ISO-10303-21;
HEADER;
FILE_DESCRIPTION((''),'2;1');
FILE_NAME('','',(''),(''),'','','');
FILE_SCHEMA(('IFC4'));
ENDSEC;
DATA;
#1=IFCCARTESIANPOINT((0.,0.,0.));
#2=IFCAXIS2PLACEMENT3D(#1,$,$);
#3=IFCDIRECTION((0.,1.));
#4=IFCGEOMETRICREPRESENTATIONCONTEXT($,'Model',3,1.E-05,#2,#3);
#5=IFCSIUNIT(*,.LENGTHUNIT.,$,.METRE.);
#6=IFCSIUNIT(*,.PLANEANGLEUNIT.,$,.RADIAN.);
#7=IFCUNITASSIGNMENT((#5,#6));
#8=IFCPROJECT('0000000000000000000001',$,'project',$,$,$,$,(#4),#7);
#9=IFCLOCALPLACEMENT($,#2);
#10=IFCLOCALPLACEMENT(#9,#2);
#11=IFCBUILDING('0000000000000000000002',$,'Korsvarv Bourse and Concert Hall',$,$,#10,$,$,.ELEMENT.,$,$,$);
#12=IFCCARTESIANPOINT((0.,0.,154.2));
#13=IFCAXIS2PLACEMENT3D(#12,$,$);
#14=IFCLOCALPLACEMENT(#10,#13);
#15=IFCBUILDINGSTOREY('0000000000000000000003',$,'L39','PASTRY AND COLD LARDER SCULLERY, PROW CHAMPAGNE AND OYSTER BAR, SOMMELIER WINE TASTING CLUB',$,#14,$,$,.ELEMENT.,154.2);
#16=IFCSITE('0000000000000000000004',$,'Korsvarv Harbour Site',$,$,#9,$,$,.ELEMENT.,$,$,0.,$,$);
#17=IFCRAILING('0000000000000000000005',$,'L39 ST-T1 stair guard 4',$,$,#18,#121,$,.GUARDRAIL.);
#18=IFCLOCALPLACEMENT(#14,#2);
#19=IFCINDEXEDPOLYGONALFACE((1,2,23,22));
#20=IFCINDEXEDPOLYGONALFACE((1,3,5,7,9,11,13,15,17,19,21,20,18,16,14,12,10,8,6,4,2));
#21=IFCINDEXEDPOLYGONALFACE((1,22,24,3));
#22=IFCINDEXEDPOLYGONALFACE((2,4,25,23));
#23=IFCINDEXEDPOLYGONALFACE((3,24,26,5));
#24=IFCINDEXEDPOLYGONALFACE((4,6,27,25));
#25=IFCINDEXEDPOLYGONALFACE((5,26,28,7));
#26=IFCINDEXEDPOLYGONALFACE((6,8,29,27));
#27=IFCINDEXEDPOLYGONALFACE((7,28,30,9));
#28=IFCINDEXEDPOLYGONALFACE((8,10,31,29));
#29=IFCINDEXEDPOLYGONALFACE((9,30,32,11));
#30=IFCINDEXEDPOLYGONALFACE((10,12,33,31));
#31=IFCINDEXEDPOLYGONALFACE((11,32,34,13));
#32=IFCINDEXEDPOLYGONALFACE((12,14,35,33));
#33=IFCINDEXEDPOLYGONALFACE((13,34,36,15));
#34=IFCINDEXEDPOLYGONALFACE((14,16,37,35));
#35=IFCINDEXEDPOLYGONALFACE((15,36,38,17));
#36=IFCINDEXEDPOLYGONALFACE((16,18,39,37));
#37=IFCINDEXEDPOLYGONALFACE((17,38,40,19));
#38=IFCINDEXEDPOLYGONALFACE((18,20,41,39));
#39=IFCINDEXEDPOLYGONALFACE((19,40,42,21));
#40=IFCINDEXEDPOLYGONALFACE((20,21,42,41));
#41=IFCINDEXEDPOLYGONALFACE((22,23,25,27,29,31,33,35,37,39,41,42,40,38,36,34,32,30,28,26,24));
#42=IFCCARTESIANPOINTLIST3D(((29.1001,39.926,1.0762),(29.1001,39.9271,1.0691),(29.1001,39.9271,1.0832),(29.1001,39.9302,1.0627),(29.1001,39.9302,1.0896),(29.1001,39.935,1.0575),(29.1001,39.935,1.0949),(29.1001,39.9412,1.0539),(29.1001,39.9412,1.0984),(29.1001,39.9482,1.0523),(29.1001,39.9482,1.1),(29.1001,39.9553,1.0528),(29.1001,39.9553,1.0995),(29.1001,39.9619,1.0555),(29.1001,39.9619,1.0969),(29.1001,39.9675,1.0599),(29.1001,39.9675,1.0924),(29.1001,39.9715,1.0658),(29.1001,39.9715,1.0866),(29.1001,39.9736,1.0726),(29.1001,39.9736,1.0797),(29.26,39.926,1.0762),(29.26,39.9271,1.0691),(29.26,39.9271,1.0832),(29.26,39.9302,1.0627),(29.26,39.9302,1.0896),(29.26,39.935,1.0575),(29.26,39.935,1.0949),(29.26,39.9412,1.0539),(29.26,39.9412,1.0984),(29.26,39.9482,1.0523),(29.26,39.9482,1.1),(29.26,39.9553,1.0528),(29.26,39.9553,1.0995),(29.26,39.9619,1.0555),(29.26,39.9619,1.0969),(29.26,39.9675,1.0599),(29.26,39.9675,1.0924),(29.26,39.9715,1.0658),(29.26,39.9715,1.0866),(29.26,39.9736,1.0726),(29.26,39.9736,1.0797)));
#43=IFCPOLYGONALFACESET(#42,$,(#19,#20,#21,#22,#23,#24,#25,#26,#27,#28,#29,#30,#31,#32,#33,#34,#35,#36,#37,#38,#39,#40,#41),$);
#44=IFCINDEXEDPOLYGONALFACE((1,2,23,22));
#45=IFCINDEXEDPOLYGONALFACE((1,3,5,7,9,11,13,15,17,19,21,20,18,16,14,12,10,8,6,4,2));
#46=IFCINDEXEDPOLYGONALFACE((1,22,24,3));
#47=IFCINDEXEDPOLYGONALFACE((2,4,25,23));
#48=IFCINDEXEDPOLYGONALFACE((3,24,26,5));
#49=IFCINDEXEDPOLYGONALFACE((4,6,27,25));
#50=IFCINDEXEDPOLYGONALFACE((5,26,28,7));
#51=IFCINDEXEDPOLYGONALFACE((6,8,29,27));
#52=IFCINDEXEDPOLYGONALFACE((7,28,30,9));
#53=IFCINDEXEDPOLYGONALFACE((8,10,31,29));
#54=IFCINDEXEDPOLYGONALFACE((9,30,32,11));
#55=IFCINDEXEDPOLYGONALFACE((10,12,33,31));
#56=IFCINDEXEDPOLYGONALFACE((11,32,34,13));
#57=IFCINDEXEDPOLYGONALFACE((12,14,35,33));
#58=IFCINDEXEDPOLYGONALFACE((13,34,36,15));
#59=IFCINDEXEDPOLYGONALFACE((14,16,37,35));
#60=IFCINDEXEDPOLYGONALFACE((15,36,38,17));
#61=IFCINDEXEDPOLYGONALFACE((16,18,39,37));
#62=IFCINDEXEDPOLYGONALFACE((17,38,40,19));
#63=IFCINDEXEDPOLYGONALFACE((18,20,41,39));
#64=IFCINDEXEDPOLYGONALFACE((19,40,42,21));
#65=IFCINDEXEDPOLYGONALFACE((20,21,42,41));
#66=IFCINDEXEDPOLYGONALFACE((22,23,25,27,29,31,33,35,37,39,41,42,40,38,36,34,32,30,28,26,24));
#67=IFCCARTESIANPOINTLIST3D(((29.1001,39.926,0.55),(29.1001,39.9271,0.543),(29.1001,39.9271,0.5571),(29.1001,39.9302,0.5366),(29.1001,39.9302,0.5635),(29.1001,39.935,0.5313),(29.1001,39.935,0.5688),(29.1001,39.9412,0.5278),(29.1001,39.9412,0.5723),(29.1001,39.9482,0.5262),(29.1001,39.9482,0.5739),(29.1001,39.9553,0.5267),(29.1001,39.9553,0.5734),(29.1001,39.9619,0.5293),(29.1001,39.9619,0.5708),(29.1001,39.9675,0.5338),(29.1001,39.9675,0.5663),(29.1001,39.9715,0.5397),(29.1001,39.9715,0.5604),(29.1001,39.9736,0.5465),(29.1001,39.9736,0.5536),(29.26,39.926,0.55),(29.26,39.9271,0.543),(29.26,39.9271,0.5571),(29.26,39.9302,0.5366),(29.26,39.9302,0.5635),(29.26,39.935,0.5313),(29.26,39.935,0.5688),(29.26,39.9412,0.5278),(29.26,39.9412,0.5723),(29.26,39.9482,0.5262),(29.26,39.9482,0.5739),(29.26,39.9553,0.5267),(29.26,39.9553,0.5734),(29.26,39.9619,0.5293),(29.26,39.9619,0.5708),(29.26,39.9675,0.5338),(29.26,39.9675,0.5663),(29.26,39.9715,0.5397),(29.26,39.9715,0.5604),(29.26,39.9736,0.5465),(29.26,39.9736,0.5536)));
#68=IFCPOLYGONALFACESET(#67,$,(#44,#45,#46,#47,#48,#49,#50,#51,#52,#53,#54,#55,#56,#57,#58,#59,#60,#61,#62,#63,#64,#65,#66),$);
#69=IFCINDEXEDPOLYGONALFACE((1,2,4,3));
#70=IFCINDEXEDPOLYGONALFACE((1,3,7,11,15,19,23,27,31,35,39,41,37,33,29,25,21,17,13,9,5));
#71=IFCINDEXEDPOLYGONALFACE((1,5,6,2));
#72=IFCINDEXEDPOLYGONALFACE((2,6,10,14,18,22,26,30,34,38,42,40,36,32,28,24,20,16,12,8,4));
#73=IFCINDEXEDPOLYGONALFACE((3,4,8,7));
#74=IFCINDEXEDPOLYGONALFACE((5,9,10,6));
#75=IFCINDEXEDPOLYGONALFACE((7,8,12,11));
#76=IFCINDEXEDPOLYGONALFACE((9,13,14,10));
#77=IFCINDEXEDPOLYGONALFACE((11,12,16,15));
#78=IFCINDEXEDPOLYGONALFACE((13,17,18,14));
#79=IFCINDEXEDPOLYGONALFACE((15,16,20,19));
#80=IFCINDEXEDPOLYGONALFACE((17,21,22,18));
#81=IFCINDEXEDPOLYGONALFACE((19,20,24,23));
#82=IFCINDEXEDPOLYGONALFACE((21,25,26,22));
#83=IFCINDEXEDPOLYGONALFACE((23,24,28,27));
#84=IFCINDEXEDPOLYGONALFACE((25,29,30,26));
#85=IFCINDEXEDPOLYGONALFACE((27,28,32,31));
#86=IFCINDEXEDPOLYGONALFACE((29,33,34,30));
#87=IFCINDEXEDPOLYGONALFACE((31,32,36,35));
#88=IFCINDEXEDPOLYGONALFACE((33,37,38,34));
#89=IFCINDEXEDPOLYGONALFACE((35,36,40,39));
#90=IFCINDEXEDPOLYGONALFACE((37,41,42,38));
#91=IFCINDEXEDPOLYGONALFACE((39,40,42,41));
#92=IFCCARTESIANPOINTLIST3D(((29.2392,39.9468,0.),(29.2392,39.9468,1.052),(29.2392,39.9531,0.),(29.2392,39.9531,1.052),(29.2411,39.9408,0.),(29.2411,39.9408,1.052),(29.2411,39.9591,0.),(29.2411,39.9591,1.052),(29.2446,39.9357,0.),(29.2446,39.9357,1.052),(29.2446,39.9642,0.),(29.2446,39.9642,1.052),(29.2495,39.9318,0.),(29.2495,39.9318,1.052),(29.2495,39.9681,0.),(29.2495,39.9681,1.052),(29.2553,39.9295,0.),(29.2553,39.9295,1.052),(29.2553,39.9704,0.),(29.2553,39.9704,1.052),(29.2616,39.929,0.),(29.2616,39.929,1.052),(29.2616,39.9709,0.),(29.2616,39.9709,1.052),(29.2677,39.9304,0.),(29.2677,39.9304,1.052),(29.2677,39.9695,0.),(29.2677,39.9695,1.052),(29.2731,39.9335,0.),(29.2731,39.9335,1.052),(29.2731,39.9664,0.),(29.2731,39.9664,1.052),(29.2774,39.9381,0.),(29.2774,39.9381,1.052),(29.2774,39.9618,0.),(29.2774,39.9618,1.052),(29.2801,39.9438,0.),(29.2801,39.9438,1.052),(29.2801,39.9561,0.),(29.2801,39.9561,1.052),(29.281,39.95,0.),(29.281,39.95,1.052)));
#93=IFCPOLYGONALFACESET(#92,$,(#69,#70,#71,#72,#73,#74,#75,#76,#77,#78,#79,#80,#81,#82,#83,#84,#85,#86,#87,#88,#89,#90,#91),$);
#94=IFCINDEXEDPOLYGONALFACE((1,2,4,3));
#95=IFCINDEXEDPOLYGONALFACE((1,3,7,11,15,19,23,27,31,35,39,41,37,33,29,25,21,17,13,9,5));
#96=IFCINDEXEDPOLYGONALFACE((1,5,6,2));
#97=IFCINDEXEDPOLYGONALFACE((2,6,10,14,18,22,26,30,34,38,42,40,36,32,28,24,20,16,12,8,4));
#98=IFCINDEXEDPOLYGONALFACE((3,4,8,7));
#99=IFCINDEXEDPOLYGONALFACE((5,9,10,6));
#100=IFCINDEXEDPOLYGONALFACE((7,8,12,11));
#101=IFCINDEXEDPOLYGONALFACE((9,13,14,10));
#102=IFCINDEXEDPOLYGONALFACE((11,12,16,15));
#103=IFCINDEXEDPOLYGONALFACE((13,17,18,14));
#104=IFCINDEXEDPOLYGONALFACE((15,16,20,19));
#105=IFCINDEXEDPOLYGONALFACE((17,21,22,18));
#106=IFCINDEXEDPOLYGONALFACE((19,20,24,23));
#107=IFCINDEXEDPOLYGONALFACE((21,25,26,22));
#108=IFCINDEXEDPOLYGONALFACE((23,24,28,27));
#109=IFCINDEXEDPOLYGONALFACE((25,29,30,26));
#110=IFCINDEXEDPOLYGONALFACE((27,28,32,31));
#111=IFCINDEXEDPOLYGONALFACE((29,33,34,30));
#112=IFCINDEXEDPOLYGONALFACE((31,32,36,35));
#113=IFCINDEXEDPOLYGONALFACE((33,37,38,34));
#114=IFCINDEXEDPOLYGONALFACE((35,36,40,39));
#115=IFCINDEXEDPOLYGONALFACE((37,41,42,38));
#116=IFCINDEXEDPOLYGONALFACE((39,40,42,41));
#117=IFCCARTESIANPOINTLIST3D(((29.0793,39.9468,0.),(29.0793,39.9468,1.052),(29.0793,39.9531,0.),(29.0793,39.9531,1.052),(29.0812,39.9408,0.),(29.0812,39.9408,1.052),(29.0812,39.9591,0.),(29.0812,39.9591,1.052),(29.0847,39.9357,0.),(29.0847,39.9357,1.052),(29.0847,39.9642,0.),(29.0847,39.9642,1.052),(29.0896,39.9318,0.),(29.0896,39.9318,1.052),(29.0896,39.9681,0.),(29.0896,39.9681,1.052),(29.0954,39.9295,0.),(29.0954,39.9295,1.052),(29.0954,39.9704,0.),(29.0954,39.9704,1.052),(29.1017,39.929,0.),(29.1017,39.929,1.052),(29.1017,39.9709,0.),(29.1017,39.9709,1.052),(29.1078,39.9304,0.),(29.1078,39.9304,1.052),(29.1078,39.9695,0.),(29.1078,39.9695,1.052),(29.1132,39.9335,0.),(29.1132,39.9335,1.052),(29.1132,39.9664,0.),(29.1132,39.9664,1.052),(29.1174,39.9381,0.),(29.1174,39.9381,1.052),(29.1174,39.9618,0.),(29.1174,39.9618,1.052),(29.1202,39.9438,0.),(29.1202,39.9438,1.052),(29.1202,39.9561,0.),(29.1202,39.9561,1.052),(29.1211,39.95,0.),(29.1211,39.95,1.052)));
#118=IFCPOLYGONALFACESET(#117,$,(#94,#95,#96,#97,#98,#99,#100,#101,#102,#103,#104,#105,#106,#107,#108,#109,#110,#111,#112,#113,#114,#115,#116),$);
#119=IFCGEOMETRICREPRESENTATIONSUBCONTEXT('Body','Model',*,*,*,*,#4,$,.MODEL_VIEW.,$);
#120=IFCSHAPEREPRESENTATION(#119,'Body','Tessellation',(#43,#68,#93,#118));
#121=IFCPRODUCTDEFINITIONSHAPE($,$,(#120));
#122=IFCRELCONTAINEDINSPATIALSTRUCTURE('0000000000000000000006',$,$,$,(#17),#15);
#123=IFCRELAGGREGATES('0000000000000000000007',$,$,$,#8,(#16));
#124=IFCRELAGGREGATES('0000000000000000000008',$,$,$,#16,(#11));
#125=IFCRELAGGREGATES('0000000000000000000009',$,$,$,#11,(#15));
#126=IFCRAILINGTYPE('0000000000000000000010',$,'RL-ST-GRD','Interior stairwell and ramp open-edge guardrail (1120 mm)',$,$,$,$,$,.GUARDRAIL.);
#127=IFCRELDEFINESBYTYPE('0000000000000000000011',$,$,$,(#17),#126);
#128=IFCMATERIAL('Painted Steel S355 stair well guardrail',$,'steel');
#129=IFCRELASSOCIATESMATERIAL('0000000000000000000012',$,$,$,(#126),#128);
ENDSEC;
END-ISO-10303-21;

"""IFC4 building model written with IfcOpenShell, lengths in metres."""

from ifc_helpers import new_model, si_unit, direction, frame, origin, origin_2d, place, context, subcontext, project, spatial, circle, extrude, material, type_object, element, save


model = new_model("IFC4")

# Units and contexts
model_context = context("Model", 3, precision=1e-05, world=origin(), true_north=direction((0.0, 1.0)))
body_context = subcontext(model_context, "Body", "Model", "MODEL_VIEW")
ifc_project = project(units=[si_unit("LENGTHUNIT", "METRE"), si_unit("PLANEANGLEUNIT", "RADIAN")], contexts=[model_context])

# Site, building, storey
site_placement = place(None, origin())
site = spatial("IfcSite", under=ifc_project, at=site_placement, Name="Korsvarv Harbour Site", CompositionType="ELEMENT", RefElevation=0.0)
building_placement = place(site_placement, origin())
building = spatial("IfcBuilding", under=site, at=building_placement, Name="Korsvarv Bourse and Concert Hall", CompositionType="ELEMENT")
storey_placement = place(building_placement, frame((0.0, 0.0, 154.2)))
storey = spatial("IfcBuildingStorey", under=building, at=storey_placement, Name="L39", Description="PASTRY AND COLD LARDER SCULLERY, PROW CHAMPAGNE AND OYSTER BAR, SOMMELIER WINE TASTING CLUB", CompositionType="ELEMENT", Elevation=154.2)

# Railing
ifc_material_1 = material(Name="Painted Steel S355 stair well guardrail", Category="steel")
railing_type_1 = type_object("IfcRailingType", Name="RL-ST-GRD", Description="Interior stairwell and ramp open-edge guardrail (1120 mm)", PredefinedType="GUARDRAIL", material=ifc_material_1)
railing_1_placement = place(storey_placement, frame((29.26, 39.95, 0.0)))
element("IfcRailing", 1, at=railing_1_placement, inside=storey, type_object=railing_type_1, Name="L39 ST-T1 stair guard 4", PredefinedType="GUARDRAIL", context=body_context, shape_type="SweptSolid", body=[
    extrude(circle(Radius=0.0239, at=origin_2d()), frame((0.0, 0.0, 1.0762), z_axis=(-1.0, 0.0, 0.0), x_axis=(0.0, -1.0, 0.0)), (0.0, 0.0, 1.0), 0.1599),
    extrude(circle(Radius=0.0239, at=origin_2d()), frame((0.0, 0.0, 0.55), z_axis=(-1.0, 0.0, 0.0), x_axis=(0.0, -1.0, 0.0)), (0.0, 0.0, 1.0), 0.1599),
    extrude(circle(Radius=0.021, at=origin_2d()), origin(), (0.0, 0.0, 1.0), 1.052),
    extrude(circle(Radius=0.021, at=origin_2d()), frame((-0.1599, 0.0, 0.0)), (0.0, 0.0, 1.0), 1.052),
])

save(model, "model.ifc")
